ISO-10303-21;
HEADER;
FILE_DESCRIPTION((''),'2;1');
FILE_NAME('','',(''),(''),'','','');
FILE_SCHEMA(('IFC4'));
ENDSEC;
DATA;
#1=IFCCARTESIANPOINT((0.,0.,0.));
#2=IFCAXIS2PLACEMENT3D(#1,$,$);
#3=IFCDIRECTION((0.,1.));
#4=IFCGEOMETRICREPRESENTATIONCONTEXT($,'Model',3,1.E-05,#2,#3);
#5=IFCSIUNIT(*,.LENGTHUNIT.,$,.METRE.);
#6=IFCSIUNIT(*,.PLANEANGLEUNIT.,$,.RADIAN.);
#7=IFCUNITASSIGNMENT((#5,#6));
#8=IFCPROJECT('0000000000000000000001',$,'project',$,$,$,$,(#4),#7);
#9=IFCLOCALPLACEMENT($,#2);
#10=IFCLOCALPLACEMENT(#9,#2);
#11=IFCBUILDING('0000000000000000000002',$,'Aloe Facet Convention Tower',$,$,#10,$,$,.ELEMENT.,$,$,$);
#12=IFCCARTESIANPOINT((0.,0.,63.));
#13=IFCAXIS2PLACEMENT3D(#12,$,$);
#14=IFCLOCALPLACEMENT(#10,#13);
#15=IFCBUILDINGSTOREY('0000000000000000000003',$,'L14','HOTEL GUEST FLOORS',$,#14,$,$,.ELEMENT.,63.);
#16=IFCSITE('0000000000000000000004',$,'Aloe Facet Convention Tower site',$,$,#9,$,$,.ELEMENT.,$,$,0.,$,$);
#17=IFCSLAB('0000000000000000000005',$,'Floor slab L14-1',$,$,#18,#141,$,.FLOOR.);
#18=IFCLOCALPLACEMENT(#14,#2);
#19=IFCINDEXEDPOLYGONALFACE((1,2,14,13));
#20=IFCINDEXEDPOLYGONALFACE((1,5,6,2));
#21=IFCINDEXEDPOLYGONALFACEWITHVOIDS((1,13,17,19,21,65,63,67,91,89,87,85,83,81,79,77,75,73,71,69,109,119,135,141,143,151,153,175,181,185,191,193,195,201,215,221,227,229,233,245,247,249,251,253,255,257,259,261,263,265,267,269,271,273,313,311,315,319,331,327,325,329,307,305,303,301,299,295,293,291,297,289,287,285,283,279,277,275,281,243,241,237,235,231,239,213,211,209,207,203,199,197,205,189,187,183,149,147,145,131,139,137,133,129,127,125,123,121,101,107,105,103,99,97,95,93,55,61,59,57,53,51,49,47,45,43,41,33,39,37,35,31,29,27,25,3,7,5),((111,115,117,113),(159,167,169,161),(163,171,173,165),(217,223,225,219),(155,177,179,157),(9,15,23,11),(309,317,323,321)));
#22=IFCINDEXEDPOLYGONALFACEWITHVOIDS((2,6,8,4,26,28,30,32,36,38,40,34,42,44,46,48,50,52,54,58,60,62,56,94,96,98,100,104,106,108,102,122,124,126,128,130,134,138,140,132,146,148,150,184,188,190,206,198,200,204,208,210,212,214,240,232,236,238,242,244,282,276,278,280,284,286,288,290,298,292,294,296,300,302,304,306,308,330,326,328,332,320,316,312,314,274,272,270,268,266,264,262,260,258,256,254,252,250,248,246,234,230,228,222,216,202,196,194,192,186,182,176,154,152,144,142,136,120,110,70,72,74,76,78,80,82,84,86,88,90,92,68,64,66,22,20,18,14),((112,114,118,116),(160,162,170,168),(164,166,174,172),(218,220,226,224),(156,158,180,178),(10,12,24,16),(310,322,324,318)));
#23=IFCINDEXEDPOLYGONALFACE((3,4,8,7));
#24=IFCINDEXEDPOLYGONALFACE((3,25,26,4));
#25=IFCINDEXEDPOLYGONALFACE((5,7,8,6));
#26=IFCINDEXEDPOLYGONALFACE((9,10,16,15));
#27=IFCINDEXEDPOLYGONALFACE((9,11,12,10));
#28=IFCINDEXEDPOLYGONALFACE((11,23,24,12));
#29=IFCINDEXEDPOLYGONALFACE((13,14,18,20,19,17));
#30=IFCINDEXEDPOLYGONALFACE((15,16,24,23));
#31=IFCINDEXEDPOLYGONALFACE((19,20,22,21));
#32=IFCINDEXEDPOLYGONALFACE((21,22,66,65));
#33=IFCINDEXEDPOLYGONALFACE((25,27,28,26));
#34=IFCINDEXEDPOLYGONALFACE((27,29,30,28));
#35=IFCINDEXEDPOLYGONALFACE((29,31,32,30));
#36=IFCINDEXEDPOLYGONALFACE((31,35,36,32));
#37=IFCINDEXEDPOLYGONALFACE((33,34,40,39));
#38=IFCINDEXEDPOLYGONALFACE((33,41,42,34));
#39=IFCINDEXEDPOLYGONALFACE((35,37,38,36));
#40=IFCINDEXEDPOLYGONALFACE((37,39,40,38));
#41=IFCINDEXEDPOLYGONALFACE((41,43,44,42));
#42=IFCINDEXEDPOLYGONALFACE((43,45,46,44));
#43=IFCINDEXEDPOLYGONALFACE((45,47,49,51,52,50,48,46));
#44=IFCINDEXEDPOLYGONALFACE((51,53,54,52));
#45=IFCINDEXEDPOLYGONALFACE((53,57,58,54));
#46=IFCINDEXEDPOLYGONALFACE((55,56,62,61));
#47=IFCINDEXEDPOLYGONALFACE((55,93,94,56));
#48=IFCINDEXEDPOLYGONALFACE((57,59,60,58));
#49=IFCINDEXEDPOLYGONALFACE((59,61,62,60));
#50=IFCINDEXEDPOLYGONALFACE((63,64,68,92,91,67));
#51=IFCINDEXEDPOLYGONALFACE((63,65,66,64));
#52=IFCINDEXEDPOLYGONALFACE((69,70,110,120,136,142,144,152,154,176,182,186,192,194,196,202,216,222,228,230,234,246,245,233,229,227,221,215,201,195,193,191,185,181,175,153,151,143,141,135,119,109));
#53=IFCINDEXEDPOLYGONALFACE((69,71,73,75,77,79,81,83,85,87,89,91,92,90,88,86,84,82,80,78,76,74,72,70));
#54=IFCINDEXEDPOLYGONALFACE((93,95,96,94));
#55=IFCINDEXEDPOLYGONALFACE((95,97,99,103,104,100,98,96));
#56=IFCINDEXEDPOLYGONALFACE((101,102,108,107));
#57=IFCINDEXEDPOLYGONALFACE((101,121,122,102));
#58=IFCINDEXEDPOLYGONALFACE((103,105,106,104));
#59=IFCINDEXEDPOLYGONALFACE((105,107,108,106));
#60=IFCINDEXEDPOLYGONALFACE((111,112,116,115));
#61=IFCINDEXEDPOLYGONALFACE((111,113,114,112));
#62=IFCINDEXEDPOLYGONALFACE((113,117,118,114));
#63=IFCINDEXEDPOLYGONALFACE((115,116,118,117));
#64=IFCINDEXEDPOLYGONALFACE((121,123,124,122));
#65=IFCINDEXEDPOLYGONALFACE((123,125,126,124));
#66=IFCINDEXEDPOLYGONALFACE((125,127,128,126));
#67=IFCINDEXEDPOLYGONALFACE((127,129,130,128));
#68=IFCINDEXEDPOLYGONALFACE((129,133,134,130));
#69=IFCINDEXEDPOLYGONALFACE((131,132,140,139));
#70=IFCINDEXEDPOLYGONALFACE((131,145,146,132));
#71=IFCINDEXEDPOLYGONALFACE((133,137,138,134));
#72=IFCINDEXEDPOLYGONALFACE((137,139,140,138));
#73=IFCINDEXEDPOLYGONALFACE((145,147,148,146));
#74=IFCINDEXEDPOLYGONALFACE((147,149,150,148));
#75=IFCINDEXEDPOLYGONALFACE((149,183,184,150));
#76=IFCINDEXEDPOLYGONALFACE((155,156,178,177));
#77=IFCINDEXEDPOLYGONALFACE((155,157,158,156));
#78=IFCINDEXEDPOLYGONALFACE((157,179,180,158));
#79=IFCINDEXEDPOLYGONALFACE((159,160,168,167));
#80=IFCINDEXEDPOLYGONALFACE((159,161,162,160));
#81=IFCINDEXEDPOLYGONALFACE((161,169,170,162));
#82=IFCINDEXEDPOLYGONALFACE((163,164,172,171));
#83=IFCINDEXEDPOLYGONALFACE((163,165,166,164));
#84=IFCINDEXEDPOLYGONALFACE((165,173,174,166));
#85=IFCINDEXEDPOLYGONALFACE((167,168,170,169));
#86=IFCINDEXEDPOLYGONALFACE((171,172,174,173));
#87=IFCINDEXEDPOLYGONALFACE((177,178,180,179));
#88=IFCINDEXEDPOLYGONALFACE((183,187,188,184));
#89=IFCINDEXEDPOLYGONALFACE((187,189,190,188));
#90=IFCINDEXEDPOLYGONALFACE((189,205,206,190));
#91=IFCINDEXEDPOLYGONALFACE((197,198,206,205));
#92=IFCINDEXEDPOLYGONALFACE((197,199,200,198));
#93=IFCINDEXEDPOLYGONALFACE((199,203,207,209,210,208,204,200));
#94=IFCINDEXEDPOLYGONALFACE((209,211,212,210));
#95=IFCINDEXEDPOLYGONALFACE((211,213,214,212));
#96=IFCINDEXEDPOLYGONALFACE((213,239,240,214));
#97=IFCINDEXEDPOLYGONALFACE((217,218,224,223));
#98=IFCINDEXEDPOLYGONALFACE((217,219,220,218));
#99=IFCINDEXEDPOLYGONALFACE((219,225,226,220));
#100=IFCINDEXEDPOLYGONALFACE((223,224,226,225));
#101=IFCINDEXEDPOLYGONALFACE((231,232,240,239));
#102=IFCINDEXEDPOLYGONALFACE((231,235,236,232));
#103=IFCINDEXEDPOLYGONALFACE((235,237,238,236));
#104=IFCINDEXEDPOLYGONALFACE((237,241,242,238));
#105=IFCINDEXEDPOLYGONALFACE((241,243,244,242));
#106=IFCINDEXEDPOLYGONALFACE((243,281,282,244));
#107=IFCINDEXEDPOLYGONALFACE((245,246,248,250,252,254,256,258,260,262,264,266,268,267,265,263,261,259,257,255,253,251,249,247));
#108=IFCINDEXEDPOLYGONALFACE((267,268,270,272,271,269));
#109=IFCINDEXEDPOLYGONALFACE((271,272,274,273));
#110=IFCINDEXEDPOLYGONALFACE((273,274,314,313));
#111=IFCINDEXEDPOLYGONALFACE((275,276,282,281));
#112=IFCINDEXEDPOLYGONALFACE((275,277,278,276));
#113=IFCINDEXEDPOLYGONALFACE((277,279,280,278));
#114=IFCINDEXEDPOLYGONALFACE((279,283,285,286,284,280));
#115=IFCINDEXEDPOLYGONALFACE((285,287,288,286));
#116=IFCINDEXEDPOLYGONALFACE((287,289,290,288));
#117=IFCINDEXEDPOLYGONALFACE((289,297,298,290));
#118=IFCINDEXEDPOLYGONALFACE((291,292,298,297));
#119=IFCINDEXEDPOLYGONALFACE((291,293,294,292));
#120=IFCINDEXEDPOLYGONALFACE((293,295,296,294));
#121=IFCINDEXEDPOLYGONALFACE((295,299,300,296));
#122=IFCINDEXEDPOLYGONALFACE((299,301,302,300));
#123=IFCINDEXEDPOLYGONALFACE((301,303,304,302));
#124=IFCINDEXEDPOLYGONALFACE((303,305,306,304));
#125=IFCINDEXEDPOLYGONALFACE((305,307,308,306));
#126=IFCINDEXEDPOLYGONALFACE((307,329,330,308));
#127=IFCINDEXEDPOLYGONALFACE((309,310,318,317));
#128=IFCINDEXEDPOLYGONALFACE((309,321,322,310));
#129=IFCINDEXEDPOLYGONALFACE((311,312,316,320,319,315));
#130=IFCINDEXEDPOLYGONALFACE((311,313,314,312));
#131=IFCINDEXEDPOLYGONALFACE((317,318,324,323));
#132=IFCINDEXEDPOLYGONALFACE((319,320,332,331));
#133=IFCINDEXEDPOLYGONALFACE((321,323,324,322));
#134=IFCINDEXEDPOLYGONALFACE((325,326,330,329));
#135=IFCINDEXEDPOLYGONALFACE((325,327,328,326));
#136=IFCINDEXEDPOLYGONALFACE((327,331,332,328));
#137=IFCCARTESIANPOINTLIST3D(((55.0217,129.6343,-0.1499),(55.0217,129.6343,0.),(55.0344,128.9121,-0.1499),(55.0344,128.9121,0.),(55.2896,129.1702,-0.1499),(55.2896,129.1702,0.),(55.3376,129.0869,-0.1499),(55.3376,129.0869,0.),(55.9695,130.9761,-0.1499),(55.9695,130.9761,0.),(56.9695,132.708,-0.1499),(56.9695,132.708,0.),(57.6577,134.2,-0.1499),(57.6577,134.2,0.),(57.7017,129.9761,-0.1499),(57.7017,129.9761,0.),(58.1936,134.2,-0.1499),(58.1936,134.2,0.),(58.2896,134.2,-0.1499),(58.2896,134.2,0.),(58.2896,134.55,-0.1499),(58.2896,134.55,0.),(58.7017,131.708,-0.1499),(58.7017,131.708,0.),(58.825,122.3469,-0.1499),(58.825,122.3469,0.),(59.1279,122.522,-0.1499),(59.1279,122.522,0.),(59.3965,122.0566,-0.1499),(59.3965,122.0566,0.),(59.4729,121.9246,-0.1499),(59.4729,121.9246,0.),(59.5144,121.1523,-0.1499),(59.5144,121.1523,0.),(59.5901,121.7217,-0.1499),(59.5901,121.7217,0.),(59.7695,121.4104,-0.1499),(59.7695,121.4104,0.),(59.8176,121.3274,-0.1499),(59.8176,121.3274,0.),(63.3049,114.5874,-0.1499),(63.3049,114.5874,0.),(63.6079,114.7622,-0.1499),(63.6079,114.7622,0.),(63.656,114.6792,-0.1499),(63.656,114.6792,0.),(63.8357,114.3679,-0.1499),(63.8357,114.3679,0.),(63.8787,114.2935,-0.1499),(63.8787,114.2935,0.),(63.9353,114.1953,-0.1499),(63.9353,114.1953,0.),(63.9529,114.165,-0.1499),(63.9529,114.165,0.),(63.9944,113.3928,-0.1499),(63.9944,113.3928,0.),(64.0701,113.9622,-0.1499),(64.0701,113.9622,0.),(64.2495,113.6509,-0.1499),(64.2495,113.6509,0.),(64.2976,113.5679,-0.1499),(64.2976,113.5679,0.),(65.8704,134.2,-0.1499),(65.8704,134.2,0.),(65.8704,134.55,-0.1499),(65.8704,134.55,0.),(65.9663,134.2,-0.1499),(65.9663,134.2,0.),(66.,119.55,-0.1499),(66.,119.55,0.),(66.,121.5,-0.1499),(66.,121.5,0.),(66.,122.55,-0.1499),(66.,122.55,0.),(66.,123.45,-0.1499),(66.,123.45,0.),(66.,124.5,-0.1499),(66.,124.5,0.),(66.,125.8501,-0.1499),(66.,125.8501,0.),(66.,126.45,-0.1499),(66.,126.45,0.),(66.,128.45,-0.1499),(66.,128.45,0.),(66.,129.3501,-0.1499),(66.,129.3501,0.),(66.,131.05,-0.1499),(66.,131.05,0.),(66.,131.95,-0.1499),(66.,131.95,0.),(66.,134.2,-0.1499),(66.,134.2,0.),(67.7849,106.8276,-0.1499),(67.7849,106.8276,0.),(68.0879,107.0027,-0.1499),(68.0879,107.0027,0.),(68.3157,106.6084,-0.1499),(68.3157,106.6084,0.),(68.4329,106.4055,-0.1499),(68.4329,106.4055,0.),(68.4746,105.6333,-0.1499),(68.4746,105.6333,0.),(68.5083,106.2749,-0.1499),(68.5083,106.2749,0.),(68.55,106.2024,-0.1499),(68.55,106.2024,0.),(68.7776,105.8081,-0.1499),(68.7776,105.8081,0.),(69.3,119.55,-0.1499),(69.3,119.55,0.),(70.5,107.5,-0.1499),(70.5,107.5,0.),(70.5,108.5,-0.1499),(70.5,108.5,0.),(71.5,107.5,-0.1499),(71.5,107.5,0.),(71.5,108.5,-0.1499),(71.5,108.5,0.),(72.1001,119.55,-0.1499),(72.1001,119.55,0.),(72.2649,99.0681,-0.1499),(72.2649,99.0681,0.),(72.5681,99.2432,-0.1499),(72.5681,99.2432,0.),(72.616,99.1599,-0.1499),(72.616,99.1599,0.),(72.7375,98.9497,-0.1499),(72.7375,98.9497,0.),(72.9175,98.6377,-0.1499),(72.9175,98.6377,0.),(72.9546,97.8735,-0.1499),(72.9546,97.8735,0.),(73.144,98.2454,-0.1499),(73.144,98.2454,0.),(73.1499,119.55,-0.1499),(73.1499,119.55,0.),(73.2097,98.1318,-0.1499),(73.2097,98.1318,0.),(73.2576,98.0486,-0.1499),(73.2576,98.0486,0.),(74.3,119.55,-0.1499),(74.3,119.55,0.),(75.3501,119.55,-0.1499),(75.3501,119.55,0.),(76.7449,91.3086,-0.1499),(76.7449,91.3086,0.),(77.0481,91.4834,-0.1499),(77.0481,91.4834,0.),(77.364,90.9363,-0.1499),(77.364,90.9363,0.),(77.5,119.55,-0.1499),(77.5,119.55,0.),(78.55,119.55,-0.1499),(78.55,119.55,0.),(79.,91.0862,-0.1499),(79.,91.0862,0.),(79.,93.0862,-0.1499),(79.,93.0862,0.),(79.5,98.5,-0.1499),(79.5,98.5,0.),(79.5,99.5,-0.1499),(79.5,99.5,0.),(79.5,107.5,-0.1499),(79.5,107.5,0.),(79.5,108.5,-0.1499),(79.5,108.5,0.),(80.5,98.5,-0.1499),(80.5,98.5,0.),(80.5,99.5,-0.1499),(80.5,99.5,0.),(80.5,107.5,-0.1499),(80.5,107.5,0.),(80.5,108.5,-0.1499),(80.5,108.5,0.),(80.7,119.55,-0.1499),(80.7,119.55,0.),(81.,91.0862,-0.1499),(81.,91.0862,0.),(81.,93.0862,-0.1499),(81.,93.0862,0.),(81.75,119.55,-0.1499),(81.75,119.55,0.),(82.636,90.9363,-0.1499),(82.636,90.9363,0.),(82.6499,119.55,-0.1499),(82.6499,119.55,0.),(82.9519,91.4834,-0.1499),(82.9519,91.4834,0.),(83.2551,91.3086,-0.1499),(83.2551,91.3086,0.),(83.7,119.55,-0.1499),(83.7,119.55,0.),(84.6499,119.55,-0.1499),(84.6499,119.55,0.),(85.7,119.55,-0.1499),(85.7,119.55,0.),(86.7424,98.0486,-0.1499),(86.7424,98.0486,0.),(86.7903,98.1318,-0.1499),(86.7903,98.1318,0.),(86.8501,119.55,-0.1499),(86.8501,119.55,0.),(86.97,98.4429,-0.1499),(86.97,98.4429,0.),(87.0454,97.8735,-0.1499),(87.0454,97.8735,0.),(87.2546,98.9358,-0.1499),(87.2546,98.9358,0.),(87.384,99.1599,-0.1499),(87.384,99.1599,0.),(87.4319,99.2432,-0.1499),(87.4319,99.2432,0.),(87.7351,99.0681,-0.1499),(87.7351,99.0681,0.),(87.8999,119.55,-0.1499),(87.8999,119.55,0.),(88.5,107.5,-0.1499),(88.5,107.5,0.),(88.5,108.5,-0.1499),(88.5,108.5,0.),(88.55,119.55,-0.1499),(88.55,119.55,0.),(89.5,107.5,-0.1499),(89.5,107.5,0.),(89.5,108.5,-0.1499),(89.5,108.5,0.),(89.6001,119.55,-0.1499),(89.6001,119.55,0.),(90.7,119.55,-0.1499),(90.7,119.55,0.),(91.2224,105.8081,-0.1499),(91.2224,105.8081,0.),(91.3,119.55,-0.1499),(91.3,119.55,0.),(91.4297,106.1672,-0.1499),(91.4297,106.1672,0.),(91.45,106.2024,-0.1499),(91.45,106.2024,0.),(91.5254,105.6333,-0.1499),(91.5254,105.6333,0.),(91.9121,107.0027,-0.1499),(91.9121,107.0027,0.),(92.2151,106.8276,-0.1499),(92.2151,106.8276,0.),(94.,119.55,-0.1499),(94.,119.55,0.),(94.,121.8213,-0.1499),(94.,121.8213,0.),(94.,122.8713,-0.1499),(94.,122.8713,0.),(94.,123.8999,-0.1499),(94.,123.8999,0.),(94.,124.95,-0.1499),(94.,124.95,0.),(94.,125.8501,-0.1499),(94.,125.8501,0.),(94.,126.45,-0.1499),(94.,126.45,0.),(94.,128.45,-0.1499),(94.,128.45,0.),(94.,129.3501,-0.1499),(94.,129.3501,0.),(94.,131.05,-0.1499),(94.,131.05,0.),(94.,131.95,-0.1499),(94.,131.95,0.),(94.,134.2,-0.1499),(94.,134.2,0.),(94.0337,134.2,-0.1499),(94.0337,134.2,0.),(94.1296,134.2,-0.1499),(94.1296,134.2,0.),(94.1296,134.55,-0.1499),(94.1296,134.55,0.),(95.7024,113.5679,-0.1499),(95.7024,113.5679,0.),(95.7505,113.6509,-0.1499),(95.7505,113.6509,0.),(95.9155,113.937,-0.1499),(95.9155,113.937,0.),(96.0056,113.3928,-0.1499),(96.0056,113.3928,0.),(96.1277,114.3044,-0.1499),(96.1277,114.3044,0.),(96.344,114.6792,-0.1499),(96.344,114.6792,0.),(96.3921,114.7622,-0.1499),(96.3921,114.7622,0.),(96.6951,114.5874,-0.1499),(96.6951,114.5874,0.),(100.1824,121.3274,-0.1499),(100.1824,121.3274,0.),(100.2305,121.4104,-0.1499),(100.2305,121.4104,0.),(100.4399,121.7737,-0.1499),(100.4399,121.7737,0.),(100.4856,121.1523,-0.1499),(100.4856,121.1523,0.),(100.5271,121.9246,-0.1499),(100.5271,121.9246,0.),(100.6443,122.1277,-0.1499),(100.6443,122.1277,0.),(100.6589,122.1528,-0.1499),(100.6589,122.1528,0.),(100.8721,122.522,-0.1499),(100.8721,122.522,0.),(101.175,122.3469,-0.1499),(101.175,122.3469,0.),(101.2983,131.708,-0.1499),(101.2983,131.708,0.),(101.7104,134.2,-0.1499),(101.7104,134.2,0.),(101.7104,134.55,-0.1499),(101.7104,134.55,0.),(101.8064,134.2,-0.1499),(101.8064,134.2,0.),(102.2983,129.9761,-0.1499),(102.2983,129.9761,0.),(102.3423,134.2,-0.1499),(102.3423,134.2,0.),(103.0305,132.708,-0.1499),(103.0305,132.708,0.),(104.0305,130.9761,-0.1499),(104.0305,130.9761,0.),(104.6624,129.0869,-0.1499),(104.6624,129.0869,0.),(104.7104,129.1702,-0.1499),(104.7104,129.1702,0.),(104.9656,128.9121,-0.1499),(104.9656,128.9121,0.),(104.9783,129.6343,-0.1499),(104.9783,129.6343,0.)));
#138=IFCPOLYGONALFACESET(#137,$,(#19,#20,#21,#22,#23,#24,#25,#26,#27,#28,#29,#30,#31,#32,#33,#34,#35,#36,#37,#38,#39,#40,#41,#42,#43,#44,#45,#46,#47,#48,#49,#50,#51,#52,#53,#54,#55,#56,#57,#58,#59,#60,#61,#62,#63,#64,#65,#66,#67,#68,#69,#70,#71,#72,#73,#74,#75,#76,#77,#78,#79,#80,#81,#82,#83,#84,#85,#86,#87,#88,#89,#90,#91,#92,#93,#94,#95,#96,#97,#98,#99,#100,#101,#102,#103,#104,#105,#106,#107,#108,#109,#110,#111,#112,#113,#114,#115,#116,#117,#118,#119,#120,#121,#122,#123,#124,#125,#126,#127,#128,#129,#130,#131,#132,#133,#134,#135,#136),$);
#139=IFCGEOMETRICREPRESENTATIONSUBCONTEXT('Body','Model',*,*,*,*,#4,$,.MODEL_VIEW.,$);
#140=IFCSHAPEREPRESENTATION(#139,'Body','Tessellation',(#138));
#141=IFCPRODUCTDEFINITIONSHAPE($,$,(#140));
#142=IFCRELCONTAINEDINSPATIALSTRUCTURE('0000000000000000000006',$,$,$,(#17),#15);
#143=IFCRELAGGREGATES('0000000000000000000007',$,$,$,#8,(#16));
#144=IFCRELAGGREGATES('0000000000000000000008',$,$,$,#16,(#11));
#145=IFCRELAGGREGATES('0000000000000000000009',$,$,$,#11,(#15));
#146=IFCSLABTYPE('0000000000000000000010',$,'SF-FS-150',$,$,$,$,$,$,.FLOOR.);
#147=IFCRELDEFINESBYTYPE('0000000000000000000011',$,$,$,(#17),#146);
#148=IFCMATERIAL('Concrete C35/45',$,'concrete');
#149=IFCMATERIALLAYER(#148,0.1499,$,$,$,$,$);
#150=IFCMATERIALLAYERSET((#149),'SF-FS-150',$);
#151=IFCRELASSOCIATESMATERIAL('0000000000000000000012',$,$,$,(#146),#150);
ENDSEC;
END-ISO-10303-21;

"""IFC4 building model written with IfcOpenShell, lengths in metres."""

from ifc_helpers import new_model, si_unit, direction, frame, origin, place, context, subcontext, project, spatial, polyline, outline, extrude, material, layer, layer_set, type_object, element, save


model = new_model("IFC4")

# Units and contexts
model_context = context("Model", 3, precision=1e-05, world=origin(), true_north=direction((0.0, 1.0)))
body_context = subcontext(model_context, "Body", "Model", "MODEL_VIEW")
ifc_project = project(units=[si_unit("LENGTHUNIT", "METRE"), si_unit("PLANEANGLEUNIT", "RADIAN")], contexts=[model_context])

# Site, building, storey
site_placement = place(None, origin())
site = spatial("IfcSite", under=ifc_project, at=site_placement, Name="Aloe Facet Convention Tower site", CompositionType="ELEMENT", RefElevation=0.0)
building_placement = place(site_placement, origin())
building = spatial("IfcBuilding", under=site, at=building_placement, Name="Aloe Facet Convention Tower", CompositionType="ELEMENT")
storey_placement = place(building_placement, frame((0.0, 0.0, 63.0)))
storey = spatial("IfcBuildingStorey", under=building, at=storey_placement, Name="L14", Description="HOTEL GUEST FLOORS", CompositionType="ELEMENT", Elevation=63.0)

# Slab
ifc_material_1 = material(Name="Concrete C35/45", Category="concrete")
ifc_layer_1 = layer(ifc_material_1, 0.1499)
ifc_layer_set_1 = layer_set([ifc_layer_1], Name="SF-FS-150")
slab_type_1 = type_object("IfcSlabType", Name="SF-FS-150", PredefinedType="FLOOR", material=ifc_layer_set_1)
slab_1_placement = place(storey_placement, frame((0.0, 0.0, -0.1499)))
element("IfcSlab", 1, at=slab_1_placement, inside=storey, type_object=slab_type_1, Name="Floor slab L14-1", PredefinedType="FLOOR", context=body_context, shape_type="SweptSolid", body=[
    extrude(outline(polyline([(104.9783, 129.6343), (104.7104, 129.1702), (104.6624, 129.0869), (104.9656, 128.9121), (101.175, 122.3469), (100.8721, 122.522), (100.6589, 122.1528), (100.6443, 122.1277), (100.6443, 122.1277), (100.5271, 121.9246), (100.4399, 121.7737), (100.2305, 121.4104), (100.1824, 121.3274), (100.4856, 121.1523), (96.6951, 114.5874), (96.3921, 114.7622), (96.344, 114.6792), (96.1277, 114.3044), (95.9155, 113.937), (95.7505, 113.6509), (95.7024, 113.5679), (96.0056, 113.3928), (92.2151, 106.8276), (91.9121, 107.0027), (91.45, 106.2024), (91.4297, 106.1672), (91.2224, 105.8081), (91.5254, 105.6333), (87.7351, 99.0681), (87.4319, 99.2432), (87.384, 99.1599), (87.2546, 98.9358), (86.97, 98.4429), (86.7903, 98.1318), (86.7903, 98.1318), (86.7424, 98.0486), (87.0454, 97.8735), (83.2551, 91.3086), (82.9519, 91.4834), (82.636, 90.9363), (77.364, 90.9363), (77.0481, 91.4834), (76.7449, 91.3086), (72.9546, 97.8735), (73.2576, 98.0486), (73.2097, 98.1318), (73.144, 98.2454), (72.9175, 98.6377), (72.7375, 98.9497), (72.616, 99.1599), (72.5681, 99.2432), (72.2649, 99.0681), (68.4746, 105.6333), (68.7776, 105.8081), (68.55, 106.2024), (68.5083, 106.2749), (68.4329, 106.4055), (68.3157, 106.6084), (68.0879, 107.0027), (67.7849, 106.8276), (63.9944, 113.3928), (64.2976, 113.5679), (64.2495, 113.6509), (64.0701, 113.9622), (63.9529, 114.165), (63.9353, 114.1953), (63.8787, 114.2935), (63.8357, 114.3679), (63.656, 114.6792), (63.6079, 114.7622), (63.3049, 114.5874), (59.5144, 121.1523), (59.8176, 121.3274), (59.7695, 121.4104), (59.5901, 121.7217), (59.4729, 121.9246), (59.3965, 122.0566), (59.1279, 122.522), (58.825, 122.3469), (55.0344, 128.9121), (55.3376, 129.0869), (55.2896, 129.1702), (55.0217, 129.6343), (57.6577, 134.2), (58.1936, 134.2), (58.2896, 134.2), (58.2896, 134.55), (65.8704, 134.55), (65.8704, 134.2), (65.9663, 134.2), (66.0, 134.2), (66.0, 131.95), (66.0, 131.05), (66.0, 129.3501), (66.0, 128.45), (66.0, 126.45), (66.0, 125.8501), (66.0, 124.5), (66.0, 123.45), (66.0, 122.55), (66.0, 121.5), (66.0, 119.55), (69.3, 119.55), (72.1001, 119.55), (73.1499, 119.55), (74.3, 119.55), (75.3501, 119.55), (77.5, 119.55), (78.55, 119.55), (80.7, 119.55), (81.75, 119.55), (82.6499, 119.55), (83.7, 119.55), (84.6499, 119.55), (85.7, 119.55), (86.8501, 119.55), (87.8999, 119.55), (88.55, 119.55), (89.6001, 119.55), (90.7, 119.55), (91.3, 119.55), (94.0, 119.55), (94.0, 121.8213), (94.0, 122.8713), (94.0, 123.8999), (94.0, 124.95), (94.0, 125.8501), (94.0, 126.45), (94.0, 128.45), (94.0, 129.3501), (94.0, 131.05), (94.0, 131.95), (94.0, 134.2), (94.0337, 134.2), (94.1296, 134.2), (94.1296, 134.55), (101.7104, 134.55), (101.7104, 134.2), (101.8064, 134.2), (102.3423, 134.2), (104.9783, 129.6343)]), holes=[polyline([(70.5, 107.5), (71.5, 107.5), (71.5, 108.5), (70.5, 108.5), (70.5, 107.5)]), polyline([(57.7017, 129.9761), (58.7017, 131.708), (56.9695, 132.708), (55.9695, 130.9761), (57.7017, 129.9761)]), polyline([(79.0, 93.0862), (79.0, 91.0862), (81.0, 91.0862), (81.0, 93.0862), (79.0, 93.0862)]), polyline([(79.5, 98.5), (80.5, 98.5), (80.5, 99.5), (79.5, 99.5), (79.5, 98.5)]), polyline([(79.5, 107.5), (80.5, 107.5), (80.5, 108.5), (79.5, 108.5), (79.5, 107.5)]), polyline([(88.5, 108.5), (88.5, 107.5), (89.5, 107.5), (89.5, 108.5), (88.5, 108.5)]), polyline([(102.2983, 129.9761), (104.0305, 130.9761), (103.0305, 132.708), (101.2983, 131.708), (102.2983, 129.9761)])]), origin(), (0.0, 0.0, 1.0), 0.1499),
])

save(model, "model.ifc")
